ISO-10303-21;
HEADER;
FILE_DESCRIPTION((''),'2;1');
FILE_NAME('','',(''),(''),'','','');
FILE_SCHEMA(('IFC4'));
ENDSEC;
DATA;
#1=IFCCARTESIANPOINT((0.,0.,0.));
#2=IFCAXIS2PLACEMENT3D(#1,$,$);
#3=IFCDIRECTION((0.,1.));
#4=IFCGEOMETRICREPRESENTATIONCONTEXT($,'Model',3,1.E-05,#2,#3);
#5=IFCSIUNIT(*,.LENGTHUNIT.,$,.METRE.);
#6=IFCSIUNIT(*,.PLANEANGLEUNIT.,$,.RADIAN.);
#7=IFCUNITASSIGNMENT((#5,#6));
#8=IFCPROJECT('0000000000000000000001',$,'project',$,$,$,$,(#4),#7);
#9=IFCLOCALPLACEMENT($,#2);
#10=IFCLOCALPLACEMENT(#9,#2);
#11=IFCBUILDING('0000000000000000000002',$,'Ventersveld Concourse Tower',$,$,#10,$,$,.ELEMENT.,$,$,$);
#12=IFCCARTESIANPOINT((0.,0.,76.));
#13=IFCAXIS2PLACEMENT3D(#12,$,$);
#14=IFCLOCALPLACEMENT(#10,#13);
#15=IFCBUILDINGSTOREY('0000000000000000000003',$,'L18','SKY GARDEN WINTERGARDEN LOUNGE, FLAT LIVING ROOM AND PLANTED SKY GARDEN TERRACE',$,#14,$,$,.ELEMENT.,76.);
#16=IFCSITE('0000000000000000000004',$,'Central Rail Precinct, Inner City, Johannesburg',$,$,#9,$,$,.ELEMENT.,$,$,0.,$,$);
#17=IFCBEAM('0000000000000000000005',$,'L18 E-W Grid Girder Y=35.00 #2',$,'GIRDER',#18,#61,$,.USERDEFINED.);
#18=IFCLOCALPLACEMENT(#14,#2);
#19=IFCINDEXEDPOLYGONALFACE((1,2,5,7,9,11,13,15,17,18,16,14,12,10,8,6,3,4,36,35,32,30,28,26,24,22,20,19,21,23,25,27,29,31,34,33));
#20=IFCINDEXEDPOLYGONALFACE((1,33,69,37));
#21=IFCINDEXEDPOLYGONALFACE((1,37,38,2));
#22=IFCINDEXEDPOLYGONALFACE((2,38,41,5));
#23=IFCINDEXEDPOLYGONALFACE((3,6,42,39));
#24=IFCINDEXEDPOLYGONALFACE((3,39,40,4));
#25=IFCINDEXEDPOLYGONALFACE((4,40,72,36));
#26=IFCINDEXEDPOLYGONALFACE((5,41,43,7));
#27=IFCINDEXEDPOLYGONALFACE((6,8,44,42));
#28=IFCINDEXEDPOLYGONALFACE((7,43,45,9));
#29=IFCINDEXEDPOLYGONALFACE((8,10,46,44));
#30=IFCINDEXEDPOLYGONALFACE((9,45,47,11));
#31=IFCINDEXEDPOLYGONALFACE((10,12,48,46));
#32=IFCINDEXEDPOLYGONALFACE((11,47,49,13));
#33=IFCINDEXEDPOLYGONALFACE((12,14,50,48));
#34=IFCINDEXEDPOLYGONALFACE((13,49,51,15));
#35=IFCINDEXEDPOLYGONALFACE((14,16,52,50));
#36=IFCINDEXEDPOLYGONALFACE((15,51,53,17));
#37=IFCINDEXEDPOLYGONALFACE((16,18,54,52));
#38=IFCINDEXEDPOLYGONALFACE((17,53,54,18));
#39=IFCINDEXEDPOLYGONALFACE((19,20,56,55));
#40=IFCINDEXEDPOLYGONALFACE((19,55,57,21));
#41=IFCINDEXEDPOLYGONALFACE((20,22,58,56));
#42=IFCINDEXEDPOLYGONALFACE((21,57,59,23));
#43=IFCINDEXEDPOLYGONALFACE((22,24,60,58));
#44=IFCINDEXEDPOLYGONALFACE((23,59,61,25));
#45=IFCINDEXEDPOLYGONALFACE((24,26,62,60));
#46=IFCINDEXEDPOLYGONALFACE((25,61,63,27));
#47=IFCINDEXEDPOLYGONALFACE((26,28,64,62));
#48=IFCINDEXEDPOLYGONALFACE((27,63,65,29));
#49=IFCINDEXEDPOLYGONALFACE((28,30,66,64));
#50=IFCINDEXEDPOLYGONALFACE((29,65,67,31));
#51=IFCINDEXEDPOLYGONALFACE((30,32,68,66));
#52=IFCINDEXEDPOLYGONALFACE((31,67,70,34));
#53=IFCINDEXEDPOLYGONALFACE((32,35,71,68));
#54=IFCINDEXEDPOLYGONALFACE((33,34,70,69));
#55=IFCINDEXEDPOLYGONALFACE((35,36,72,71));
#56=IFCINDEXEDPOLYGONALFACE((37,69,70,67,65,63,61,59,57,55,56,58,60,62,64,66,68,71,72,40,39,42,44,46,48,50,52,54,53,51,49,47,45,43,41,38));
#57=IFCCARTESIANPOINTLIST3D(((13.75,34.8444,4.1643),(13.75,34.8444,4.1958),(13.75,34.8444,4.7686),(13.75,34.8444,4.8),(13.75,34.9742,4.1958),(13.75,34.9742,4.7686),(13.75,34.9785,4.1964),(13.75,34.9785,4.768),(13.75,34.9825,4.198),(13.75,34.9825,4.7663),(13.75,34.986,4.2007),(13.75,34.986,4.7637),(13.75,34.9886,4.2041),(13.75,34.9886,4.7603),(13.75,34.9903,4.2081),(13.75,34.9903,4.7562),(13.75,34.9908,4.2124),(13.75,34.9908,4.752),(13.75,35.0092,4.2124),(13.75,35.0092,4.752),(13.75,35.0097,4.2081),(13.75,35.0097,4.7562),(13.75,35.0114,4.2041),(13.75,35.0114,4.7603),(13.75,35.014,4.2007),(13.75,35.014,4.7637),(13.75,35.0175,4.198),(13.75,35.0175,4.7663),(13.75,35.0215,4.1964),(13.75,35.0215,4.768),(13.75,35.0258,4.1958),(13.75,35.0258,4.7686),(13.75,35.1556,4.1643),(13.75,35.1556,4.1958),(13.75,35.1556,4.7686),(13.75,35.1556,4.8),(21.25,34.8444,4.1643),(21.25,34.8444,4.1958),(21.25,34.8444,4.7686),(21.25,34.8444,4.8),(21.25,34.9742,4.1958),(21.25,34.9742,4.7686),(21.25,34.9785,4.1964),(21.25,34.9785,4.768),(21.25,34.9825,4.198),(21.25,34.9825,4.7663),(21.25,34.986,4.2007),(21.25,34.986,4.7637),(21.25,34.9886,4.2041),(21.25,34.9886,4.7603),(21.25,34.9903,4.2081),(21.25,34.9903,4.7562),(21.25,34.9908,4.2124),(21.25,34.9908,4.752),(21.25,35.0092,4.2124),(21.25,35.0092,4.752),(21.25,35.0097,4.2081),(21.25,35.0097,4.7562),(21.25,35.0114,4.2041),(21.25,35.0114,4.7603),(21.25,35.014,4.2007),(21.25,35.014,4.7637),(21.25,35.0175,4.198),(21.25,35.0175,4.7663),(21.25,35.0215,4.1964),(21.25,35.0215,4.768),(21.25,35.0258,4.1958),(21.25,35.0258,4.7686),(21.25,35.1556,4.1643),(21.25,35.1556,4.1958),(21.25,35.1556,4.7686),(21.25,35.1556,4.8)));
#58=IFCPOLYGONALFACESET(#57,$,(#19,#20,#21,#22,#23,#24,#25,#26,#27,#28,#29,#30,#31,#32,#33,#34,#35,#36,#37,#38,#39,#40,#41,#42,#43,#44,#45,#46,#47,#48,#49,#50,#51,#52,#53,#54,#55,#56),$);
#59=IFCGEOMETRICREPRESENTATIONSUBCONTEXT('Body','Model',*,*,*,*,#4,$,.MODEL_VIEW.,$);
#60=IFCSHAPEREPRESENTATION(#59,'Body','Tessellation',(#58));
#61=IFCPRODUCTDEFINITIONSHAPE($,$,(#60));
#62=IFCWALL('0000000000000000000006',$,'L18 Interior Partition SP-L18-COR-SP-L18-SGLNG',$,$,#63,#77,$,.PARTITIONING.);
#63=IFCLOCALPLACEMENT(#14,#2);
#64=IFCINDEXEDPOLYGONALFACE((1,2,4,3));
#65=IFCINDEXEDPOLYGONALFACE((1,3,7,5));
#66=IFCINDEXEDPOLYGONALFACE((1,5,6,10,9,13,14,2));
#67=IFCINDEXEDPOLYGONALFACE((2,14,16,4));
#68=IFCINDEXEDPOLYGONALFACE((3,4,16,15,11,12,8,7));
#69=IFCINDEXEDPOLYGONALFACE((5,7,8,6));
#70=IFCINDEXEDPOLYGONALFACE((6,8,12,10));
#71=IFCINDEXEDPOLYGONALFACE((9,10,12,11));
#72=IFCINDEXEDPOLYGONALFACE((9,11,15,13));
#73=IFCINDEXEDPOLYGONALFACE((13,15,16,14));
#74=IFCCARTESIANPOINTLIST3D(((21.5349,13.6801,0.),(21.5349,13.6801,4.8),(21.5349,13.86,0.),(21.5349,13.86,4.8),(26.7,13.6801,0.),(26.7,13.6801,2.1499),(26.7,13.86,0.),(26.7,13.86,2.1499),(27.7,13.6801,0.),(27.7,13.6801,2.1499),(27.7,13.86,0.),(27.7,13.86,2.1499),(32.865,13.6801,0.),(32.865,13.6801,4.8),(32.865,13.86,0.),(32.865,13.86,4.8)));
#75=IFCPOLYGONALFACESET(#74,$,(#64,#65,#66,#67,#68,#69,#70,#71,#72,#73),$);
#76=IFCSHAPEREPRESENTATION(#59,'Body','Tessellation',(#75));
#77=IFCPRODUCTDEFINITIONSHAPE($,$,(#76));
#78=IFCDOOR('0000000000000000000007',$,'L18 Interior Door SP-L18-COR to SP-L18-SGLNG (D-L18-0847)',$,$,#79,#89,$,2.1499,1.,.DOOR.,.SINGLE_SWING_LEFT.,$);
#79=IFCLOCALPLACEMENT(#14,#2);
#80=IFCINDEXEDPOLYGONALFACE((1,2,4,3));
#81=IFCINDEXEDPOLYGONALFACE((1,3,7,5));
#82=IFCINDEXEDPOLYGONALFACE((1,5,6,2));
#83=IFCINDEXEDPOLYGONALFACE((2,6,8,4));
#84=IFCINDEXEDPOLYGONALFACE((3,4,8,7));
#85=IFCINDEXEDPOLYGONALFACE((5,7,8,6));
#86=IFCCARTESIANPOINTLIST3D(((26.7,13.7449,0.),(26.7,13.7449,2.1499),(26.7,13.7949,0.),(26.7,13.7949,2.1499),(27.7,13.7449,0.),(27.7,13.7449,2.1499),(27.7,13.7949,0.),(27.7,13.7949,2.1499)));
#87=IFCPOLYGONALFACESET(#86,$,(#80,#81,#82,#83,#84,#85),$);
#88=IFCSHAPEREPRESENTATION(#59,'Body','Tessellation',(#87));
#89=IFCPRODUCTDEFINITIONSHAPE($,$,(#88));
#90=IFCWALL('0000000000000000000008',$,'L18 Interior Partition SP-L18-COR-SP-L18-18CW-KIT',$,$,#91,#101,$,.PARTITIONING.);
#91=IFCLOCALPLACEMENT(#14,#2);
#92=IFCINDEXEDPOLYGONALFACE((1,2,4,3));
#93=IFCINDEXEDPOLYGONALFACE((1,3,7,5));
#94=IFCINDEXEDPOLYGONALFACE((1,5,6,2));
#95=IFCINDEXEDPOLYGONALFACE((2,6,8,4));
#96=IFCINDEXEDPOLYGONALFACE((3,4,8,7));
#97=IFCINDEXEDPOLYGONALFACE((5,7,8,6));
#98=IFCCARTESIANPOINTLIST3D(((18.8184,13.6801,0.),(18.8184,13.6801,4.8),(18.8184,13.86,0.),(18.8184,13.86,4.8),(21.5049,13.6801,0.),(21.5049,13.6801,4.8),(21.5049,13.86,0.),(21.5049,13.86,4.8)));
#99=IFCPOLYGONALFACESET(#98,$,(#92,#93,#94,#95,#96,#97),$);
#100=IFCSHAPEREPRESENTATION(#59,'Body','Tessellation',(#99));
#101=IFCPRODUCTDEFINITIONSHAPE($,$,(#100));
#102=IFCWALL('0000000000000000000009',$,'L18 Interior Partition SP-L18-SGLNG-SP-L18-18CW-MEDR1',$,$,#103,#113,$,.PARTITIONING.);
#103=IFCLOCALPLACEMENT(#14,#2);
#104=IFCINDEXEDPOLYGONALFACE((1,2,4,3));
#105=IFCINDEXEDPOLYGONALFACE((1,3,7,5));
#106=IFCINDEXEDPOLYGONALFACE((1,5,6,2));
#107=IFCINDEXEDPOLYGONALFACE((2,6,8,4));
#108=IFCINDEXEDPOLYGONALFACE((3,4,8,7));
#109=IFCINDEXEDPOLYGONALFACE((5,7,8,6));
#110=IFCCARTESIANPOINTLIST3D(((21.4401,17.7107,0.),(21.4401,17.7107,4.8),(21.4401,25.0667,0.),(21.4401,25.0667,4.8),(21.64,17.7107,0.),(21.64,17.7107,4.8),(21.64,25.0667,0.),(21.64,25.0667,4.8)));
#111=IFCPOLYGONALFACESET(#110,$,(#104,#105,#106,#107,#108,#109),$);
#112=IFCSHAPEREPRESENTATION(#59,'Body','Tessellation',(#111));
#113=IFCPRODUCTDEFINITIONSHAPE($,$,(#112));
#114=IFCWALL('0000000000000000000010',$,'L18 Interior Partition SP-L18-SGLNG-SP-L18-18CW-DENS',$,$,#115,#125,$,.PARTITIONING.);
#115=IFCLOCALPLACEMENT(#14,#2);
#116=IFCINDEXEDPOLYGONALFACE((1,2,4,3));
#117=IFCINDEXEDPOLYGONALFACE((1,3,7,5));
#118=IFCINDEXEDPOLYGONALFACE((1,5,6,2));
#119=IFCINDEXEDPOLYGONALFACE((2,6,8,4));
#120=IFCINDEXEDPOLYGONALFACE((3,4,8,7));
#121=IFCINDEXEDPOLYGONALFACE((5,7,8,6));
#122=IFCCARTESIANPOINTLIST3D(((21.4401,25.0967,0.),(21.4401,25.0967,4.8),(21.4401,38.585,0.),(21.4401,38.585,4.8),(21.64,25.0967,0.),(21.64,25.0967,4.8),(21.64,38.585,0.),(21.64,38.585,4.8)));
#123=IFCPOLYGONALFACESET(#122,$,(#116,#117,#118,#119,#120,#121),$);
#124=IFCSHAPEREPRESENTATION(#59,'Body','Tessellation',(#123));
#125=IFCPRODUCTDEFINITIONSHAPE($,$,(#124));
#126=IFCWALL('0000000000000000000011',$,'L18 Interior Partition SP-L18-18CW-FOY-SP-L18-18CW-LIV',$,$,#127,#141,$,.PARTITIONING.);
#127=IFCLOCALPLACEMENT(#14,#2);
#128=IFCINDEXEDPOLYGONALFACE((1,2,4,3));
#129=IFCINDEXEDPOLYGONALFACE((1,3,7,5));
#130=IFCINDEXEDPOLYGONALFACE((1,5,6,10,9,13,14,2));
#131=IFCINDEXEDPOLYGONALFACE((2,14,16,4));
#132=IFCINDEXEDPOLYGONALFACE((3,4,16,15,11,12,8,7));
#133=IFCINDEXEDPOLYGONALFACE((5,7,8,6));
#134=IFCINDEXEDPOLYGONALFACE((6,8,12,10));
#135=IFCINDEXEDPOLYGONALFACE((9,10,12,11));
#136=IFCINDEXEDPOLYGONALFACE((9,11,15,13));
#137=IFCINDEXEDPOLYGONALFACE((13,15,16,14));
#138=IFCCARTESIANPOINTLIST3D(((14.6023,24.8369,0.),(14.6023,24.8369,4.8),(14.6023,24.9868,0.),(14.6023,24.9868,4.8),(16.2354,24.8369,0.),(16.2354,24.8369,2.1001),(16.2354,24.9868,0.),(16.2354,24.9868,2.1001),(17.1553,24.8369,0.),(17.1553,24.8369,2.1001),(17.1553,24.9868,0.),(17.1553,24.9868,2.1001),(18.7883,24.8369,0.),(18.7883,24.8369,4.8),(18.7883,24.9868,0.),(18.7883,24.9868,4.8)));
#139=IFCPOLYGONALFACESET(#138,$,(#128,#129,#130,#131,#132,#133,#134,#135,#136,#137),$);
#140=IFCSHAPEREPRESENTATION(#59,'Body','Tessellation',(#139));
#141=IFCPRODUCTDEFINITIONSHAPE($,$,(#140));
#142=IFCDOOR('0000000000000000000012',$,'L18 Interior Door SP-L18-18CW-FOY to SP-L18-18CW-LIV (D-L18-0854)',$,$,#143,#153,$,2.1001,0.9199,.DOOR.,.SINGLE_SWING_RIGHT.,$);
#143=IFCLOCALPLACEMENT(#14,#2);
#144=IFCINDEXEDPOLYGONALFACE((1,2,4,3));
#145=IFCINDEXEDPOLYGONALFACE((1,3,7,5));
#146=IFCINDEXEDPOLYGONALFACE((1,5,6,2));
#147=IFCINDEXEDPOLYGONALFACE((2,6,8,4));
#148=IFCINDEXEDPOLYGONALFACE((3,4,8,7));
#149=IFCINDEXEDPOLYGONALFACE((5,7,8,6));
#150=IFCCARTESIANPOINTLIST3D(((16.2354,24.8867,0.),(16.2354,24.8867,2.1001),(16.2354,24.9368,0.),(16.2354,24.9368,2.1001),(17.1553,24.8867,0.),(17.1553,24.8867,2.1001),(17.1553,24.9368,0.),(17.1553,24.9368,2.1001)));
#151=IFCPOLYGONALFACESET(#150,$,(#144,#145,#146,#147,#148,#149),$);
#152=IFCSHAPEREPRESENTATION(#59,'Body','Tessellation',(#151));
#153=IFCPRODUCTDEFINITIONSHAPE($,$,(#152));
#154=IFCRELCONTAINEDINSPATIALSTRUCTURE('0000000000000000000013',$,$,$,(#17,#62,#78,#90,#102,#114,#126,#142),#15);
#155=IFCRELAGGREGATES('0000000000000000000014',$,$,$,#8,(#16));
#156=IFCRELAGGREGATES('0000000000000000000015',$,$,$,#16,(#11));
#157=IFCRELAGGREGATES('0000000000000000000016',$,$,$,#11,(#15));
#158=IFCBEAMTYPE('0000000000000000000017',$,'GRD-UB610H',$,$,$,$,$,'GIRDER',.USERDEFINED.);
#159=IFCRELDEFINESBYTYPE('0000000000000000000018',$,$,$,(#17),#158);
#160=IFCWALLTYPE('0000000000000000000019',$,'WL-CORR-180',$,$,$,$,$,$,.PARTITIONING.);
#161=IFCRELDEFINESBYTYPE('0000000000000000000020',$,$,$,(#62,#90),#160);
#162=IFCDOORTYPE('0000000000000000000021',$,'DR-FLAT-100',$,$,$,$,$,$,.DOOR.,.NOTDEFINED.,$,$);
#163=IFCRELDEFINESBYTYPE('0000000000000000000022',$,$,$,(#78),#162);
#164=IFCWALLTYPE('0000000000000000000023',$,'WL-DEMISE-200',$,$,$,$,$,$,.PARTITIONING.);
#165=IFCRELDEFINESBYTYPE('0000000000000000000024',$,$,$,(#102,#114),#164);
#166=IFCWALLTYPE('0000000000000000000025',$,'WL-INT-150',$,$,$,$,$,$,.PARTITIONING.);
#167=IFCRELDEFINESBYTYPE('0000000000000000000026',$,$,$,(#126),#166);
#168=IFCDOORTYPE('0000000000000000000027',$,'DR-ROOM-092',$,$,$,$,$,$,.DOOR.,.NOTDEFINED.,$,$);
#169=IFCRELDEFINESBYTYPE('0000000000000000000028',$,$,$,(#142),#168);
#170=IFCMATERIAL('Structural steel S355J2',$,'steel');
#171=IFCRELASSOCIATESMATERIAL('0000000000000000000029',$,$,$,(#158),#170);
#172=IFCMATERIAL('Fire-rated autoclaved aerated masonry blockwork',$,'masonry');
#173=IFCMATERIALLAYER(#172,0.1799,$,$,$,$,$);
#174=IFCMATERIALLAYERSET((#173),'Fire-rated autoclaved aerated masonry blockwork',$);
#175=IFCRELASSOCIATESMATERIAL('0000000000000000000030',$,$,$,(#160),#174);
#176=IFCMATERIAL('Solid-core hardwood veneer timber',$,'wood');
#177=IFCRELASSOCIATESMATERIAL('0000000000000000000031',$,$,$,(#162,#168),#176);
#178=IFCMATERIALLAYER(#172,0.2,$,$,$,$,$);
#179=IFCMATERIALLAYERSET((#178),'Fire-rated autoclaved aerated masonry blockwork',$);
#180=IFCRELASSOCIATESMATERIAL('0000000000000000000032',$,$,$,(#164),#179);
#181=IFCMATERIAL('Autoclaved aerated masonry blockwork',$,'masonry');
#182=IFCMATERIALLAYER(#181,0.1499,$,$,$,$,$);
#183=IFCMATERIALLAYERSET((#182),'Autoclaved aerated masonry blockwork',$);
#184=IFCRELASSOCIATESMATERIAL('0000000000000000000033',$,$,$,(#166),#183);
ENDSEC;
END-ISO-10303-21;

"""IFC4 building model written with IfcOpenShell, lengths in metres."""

from ifc_helpers import new_model, si_unit, direction, frame, frame_2d, origin, origin_2d, place, context, subcontext, project, spatial, rectangle, i_section, extrude, material, layer, layer_set, material_profile, profile_set, type_object, element, fill, save


model = new_model("IFC4")

# Units and contexts
model_context = context("Model", 3, precision=1e-05, world=origin(), true_north=direction((0.0, 1.0)))
body_context = subcontext(model_context, "Body", "Model", "MODEL_VIEW")
ifc_project = project(units=[si_unit("LENGTHUNIT", "METRE"), si_unit("PLANEANGLEUNIT", "RADIAN")], contexts=[model_context])

# Site, building, storey
site_placement = place(None, origin())
site = spatial("IfcSite", under=ifc_project, at=site_placement, Name="Central Rail Precinct, Inner City, Johannesburg", CompositionType="ELEMENT", RefElevation=0.0)
building_placement = place(site_placement, origin())
building = spatial("IfcBuilding", under=site, at=building_placement, Name="Ventersveld Concourse Tower", CompositionType="ELEMENT")
storey_placement = place(building_placement, frame((0.0, 0.0, 76.0)))
storey = spatial("IfcBuildingStorey", under=building, at=storey_placement, Name="L18", Description="SKY GARDEN WINTERGARDEN LOUNGE, FLAT LIVING ROOM AND PLANTED SKY GARDEN TERRACE", CompositionType="ELEMENT", Elevation=76.0)

# Beam
ifc_material_1 = material(Name="Structural steel S355J2", Category="steel")
ifc_material_profile_1 = material_profile(ifc_material_1, i_section(OverallWidth=0.3113, OverallDepth=0.6357, WebThickness=0.0183, FlangeThickness=0.0315, FilletRadius=0.0166, at=origin_2d()), Name="UB 610x305x238")
ifc_profile_set_1 = profile_set([ifc_material_profile_1], Name="Structural steel S355J2")
beam_type_1 = type_object("IfcBeamType", Name="GRD-UB610H", ElementType="GIRDER", PredefinedType="USERDEFINED", material=ifc_profile_set_1)
for number, where, z_axis, x_axis, name in (
    (1, (13.75, 35.0, 4.4822), (1.0, 0.0, 0.0), (0.0, 1.0, 0.0), "L18 E-W Grid Girder Y=35.00 #2"),
):
    element("IfcBeam", number, at=place(storey_placement, frame(where, z_axis=z_axis, x_axis=x_axis)), inside=storey, type_object=beam_type_1, Name=name, ObjectType="GIRDER", PredefinedType="USERDEFINED", context=body_context, shape_type="SweptSolid", body=[
        extrude(i_section(OverallWidth=0.3113, OverallDepth=0.6357, WebThickness=0.0183, FlangeThickness=0.0315, FilletRadius=0.0166, at=origin_2d()), origin(), (0.0, 0.0, 1.0), 7.5),
    ])

# Wall, opening, door
ifc_material_2 = material(Name="Fire-rated autoclaved aerated masonry blockwork", Category="masonry")
ifc_layer_1 = layer(ifc_material_2, 0.1799)
ifc_layer_set_1 = layer_set([ifc_layer_1], Name="Fire-rated autoclaved aerated masonry blockwork")
wall_type_1 = type_object("IfcWallType", Name="WL-CORR-180", PredefinedType="PARTITIONING", material=ifc_layer_set_1)
wall_1_placement = place(storey_placement, frame((21.5349, 13.77, 0.0), z_axis=(0.0, 0.0, 1.0), x_axis=(1.0, 0.0, 0.0)))
wall_1 = element("IfcWall", 2, at=wall_1_placement, inside=storey, type_object=wall_type_1, Name="L18 Interior Partition SP-L18-COR-SP-L18-SGLNG", PredefinedType="PARTITIONING", context=body_context, shape_type="SweptSolid", body=[
    extrude(rectangle(XDim=11.3301, YDim=0.1799, at=frame_2d((5.665, 0.0))), origin(), (0.0, 0.0, 1.0), 4.8),
])
opening_1_placement = place(wall_1_placement, frame((5.165, 0.0, 0.0)))
opening_1 = element("IfcOpeningElement", 3, at=opening_1_placement, cuts=wall_1, PredefinedType="OPENING", context=body_context, shape_type="SweptSolid", body=[
    extrude(rectangle(XDim=1.0, YDim=2.1499, at=frame_2d((0.5, 1.075))), frame((0.0, 0.1001, 0.0), z_axis=(0.0, -1.0, 0.0), x_axis=(1.0, 0.0, 0.0)), (0.0, 0.0, 1.0), 0.2),
])
ifc_material_3 = material(Name="Solid-core hardwood veneer timber", Category="wood")
door_type_1 = type_object("IfcDoorType", Name="DR-FLAT-100", OperationType="NOTDEFINED", PredefinedType="DOOR", material=ifc_material_3)
door_1_placement = place(opening_1_placement, origin())
door_1 = element("IfcDoor", 4, at=door_1_placement, inside=storey, type_object=door_type_1, Name="L18 Interior Door SP-L18-COR to SP-L18-SGLNG (D-L18-0847)", OperationType="SINGLE_SWING_LEFT", OverallHeight=2.1499, OverallWidth=1.0, PredefinedType="DOOR", context=body_context, shape_type="SweptSolid", body=[
    extrude(rectangle(XDim=1.0, YDim=2.1499, at=frame_2d((0.5, 1.075))), frame((0.0, 0.0249, 0.0), z_axis=(0.0, -1.0, 0.0), x_axis=(1.0, 0.0, 0.0)), (0.0, 0.0, 1.0), 0.05),
])
fill(opening_1, door_1)

# Walls
wall_2_placement = place(storey_placement, frame((18.8184, 13.77, 0.0), z_axis=(0.0, 0.0, 1.0), x_axis=(1.0, 0.0, 0.0)))
element("IfcWall", 5, at=wall_2_placement, inside=storey, type_object=wall_type_1, Name="L18 Interior Partition SP-L18-COR-SP-L18-18CW-KIT", PredefinedType="PARTITIONING", context=body_context, shape_type="SweptSolid", body=[
    extrude(rectangle(XDim=2.6865, YDim=0.1799, at=frame_2d((1.3433, 0.0))), origin(), (0.0, 0.0, 1.0), 4.8),
])
ifc_layer_2 = layer(ifc_material_2, 0.2)
ifc_layer_set_2 = layer_set([ifc_layer_2], Name="Fire-rated autoclaved aerated masonry blockwork")
wall_type_2 = type_object("IfcWallType", Name="WL-DEMISE-200", PredefinedType="PARTITIONING", material=ifc_layer_set_2)
wall_3_placement = place(storey_placement, frame((21.54, 17.7107, 0.0), z_axis=(0.0, 0.0, 1.0), x_axis=(0.0, 1.0, 0.0)))
element("IfcWall", 6, at=wall_3_placement, inside=storey, type_object=wall_type_2, Name="L18 Interior Partition SP-L18-SGLNG-SP-L18-18CW-MEDR1", PredefinedType="PARTITIONING", context=body_context, shape_type="SweptSolid", body=[
    extrude(rectangle(XDim=7.356, YDim=0.2, at=frame_2d((3.678, 0.0))), origin(), (0.0, 0.0, 1.0), 4.8),
])
wall_4_placement = place(storey_placement, frame((21.54, 25.0967, 0.0), z_axis=(0.0, 0.0, 1.0), x_axis=(0.0, 1.0, 0.0)))
element("IfcWall", 7, at=wall_4_placement, inside=storey, type_object=wall_type_2, Name="L18 Interior Partition SP-L18-SGLNG-SP-L18-18CW-DENS", PredefinedType="PARTITIONING", context=body_context, shape_type="SweptSolid", body=[
    extrude(rectangle(XDim=13.4883, YDim=0.2, at=frame_2d((6.7441, 0.0))), origin(), (0.0, 0.0, 1.0), 4.8),
])

# Wall, opening, door
ifc_material_4 = material(Name="Autoclaved aerated masonry blockwork", Category="masonry")
ifc_layer_3 = layer(ifc_material_4, 0.1499)
ifc_layer_set_3 = layer_set([ifc_layer_3], Name="Autoclaved aerated masonry blockwork")
wall_type_3 = type_object("IfcWallType", Name="WL-INT-150", PredefinedType="PARTITIONING", material=ifc_layer_set_3)
wall_5_placement = place(storey_placement, frame((14.6023, 24.9119, 0.0), z_axis=(0.0, 0.0, 1.0), x_axis=(1.0, 0.0, 0.0)))
wall_5 = element("IfcWall", 8, at=wall_5_placement, inside=storey, type_object=wall_type_3, Name="L18 Interior Partition SP-L18-18CW-FOY-SP-L18-18CW-LIV", PredefinedType="PARTITIONING", context=body_context, shape_type="SweptSolid", body=[
    extrude(rectangle(XDim=4.186, YDim=0.1499, at=frame_2d((2.093, 0.0))), origin(), (0.0, 0.0, 1.0), 4.8),
])
opening_2_placement = place(wall_5_placement, frame((1.6331, 0.0, 0.0)))
opening_2 = element("IfcOpeningElement", 9, at=opening_2_placement, cuts=wall_5, PredefinedType="OPENING", context=body_context, shape_type="SweptSolid", body=[
    extrude(rectangle(XDim=0.9199, YDim=2.1001, at=frame_2d((0.46, 1.05))), frame((0.0, 0.085, 0.0), z_axis=(0.0, -1.0, 0.0), x_axis=(1.0, 0.0, 0.0)), (0.0, 0.0, 1.0), 0.1699),
])
door_type_2 = type_object("IfcDoorType", Name="DR-ROOM-092", OperationType="NOTDEFINED", PredefinedType="DOOR", material=ifc_material_3)
door_2_placement = place(opening_2_placement, origin())
door_2 = element("IfcDoor", 10, at=door_2_placement, inside=storey, type_object=door_type_2, Name="L18 Interior Door SP-L18-18CW-FOY to SP-L18-18CW-LIV (D-L18-0854)", OperationType="SINGLE_SWING_RIGHT", OverallHeight=2.1001, OverallWidth=0.9199, PredefinedType="DOOR", context=body_context, shape_type="SweptSolid", body=[
    extrude(rectangle(XDim=0.9199, YDim=2.1001, at=frame_2d((0.46, 1.05))), frame((0.0, 0.0249, 0.0), z_axis=(0.0, -1.0, 0.0), x_axis=(1.0, 0.0, 0.0)), (0.0, 0.0, 1.0), 0.05),
])
fill(opening_2, door_2)

save(model, "model.ifc")
